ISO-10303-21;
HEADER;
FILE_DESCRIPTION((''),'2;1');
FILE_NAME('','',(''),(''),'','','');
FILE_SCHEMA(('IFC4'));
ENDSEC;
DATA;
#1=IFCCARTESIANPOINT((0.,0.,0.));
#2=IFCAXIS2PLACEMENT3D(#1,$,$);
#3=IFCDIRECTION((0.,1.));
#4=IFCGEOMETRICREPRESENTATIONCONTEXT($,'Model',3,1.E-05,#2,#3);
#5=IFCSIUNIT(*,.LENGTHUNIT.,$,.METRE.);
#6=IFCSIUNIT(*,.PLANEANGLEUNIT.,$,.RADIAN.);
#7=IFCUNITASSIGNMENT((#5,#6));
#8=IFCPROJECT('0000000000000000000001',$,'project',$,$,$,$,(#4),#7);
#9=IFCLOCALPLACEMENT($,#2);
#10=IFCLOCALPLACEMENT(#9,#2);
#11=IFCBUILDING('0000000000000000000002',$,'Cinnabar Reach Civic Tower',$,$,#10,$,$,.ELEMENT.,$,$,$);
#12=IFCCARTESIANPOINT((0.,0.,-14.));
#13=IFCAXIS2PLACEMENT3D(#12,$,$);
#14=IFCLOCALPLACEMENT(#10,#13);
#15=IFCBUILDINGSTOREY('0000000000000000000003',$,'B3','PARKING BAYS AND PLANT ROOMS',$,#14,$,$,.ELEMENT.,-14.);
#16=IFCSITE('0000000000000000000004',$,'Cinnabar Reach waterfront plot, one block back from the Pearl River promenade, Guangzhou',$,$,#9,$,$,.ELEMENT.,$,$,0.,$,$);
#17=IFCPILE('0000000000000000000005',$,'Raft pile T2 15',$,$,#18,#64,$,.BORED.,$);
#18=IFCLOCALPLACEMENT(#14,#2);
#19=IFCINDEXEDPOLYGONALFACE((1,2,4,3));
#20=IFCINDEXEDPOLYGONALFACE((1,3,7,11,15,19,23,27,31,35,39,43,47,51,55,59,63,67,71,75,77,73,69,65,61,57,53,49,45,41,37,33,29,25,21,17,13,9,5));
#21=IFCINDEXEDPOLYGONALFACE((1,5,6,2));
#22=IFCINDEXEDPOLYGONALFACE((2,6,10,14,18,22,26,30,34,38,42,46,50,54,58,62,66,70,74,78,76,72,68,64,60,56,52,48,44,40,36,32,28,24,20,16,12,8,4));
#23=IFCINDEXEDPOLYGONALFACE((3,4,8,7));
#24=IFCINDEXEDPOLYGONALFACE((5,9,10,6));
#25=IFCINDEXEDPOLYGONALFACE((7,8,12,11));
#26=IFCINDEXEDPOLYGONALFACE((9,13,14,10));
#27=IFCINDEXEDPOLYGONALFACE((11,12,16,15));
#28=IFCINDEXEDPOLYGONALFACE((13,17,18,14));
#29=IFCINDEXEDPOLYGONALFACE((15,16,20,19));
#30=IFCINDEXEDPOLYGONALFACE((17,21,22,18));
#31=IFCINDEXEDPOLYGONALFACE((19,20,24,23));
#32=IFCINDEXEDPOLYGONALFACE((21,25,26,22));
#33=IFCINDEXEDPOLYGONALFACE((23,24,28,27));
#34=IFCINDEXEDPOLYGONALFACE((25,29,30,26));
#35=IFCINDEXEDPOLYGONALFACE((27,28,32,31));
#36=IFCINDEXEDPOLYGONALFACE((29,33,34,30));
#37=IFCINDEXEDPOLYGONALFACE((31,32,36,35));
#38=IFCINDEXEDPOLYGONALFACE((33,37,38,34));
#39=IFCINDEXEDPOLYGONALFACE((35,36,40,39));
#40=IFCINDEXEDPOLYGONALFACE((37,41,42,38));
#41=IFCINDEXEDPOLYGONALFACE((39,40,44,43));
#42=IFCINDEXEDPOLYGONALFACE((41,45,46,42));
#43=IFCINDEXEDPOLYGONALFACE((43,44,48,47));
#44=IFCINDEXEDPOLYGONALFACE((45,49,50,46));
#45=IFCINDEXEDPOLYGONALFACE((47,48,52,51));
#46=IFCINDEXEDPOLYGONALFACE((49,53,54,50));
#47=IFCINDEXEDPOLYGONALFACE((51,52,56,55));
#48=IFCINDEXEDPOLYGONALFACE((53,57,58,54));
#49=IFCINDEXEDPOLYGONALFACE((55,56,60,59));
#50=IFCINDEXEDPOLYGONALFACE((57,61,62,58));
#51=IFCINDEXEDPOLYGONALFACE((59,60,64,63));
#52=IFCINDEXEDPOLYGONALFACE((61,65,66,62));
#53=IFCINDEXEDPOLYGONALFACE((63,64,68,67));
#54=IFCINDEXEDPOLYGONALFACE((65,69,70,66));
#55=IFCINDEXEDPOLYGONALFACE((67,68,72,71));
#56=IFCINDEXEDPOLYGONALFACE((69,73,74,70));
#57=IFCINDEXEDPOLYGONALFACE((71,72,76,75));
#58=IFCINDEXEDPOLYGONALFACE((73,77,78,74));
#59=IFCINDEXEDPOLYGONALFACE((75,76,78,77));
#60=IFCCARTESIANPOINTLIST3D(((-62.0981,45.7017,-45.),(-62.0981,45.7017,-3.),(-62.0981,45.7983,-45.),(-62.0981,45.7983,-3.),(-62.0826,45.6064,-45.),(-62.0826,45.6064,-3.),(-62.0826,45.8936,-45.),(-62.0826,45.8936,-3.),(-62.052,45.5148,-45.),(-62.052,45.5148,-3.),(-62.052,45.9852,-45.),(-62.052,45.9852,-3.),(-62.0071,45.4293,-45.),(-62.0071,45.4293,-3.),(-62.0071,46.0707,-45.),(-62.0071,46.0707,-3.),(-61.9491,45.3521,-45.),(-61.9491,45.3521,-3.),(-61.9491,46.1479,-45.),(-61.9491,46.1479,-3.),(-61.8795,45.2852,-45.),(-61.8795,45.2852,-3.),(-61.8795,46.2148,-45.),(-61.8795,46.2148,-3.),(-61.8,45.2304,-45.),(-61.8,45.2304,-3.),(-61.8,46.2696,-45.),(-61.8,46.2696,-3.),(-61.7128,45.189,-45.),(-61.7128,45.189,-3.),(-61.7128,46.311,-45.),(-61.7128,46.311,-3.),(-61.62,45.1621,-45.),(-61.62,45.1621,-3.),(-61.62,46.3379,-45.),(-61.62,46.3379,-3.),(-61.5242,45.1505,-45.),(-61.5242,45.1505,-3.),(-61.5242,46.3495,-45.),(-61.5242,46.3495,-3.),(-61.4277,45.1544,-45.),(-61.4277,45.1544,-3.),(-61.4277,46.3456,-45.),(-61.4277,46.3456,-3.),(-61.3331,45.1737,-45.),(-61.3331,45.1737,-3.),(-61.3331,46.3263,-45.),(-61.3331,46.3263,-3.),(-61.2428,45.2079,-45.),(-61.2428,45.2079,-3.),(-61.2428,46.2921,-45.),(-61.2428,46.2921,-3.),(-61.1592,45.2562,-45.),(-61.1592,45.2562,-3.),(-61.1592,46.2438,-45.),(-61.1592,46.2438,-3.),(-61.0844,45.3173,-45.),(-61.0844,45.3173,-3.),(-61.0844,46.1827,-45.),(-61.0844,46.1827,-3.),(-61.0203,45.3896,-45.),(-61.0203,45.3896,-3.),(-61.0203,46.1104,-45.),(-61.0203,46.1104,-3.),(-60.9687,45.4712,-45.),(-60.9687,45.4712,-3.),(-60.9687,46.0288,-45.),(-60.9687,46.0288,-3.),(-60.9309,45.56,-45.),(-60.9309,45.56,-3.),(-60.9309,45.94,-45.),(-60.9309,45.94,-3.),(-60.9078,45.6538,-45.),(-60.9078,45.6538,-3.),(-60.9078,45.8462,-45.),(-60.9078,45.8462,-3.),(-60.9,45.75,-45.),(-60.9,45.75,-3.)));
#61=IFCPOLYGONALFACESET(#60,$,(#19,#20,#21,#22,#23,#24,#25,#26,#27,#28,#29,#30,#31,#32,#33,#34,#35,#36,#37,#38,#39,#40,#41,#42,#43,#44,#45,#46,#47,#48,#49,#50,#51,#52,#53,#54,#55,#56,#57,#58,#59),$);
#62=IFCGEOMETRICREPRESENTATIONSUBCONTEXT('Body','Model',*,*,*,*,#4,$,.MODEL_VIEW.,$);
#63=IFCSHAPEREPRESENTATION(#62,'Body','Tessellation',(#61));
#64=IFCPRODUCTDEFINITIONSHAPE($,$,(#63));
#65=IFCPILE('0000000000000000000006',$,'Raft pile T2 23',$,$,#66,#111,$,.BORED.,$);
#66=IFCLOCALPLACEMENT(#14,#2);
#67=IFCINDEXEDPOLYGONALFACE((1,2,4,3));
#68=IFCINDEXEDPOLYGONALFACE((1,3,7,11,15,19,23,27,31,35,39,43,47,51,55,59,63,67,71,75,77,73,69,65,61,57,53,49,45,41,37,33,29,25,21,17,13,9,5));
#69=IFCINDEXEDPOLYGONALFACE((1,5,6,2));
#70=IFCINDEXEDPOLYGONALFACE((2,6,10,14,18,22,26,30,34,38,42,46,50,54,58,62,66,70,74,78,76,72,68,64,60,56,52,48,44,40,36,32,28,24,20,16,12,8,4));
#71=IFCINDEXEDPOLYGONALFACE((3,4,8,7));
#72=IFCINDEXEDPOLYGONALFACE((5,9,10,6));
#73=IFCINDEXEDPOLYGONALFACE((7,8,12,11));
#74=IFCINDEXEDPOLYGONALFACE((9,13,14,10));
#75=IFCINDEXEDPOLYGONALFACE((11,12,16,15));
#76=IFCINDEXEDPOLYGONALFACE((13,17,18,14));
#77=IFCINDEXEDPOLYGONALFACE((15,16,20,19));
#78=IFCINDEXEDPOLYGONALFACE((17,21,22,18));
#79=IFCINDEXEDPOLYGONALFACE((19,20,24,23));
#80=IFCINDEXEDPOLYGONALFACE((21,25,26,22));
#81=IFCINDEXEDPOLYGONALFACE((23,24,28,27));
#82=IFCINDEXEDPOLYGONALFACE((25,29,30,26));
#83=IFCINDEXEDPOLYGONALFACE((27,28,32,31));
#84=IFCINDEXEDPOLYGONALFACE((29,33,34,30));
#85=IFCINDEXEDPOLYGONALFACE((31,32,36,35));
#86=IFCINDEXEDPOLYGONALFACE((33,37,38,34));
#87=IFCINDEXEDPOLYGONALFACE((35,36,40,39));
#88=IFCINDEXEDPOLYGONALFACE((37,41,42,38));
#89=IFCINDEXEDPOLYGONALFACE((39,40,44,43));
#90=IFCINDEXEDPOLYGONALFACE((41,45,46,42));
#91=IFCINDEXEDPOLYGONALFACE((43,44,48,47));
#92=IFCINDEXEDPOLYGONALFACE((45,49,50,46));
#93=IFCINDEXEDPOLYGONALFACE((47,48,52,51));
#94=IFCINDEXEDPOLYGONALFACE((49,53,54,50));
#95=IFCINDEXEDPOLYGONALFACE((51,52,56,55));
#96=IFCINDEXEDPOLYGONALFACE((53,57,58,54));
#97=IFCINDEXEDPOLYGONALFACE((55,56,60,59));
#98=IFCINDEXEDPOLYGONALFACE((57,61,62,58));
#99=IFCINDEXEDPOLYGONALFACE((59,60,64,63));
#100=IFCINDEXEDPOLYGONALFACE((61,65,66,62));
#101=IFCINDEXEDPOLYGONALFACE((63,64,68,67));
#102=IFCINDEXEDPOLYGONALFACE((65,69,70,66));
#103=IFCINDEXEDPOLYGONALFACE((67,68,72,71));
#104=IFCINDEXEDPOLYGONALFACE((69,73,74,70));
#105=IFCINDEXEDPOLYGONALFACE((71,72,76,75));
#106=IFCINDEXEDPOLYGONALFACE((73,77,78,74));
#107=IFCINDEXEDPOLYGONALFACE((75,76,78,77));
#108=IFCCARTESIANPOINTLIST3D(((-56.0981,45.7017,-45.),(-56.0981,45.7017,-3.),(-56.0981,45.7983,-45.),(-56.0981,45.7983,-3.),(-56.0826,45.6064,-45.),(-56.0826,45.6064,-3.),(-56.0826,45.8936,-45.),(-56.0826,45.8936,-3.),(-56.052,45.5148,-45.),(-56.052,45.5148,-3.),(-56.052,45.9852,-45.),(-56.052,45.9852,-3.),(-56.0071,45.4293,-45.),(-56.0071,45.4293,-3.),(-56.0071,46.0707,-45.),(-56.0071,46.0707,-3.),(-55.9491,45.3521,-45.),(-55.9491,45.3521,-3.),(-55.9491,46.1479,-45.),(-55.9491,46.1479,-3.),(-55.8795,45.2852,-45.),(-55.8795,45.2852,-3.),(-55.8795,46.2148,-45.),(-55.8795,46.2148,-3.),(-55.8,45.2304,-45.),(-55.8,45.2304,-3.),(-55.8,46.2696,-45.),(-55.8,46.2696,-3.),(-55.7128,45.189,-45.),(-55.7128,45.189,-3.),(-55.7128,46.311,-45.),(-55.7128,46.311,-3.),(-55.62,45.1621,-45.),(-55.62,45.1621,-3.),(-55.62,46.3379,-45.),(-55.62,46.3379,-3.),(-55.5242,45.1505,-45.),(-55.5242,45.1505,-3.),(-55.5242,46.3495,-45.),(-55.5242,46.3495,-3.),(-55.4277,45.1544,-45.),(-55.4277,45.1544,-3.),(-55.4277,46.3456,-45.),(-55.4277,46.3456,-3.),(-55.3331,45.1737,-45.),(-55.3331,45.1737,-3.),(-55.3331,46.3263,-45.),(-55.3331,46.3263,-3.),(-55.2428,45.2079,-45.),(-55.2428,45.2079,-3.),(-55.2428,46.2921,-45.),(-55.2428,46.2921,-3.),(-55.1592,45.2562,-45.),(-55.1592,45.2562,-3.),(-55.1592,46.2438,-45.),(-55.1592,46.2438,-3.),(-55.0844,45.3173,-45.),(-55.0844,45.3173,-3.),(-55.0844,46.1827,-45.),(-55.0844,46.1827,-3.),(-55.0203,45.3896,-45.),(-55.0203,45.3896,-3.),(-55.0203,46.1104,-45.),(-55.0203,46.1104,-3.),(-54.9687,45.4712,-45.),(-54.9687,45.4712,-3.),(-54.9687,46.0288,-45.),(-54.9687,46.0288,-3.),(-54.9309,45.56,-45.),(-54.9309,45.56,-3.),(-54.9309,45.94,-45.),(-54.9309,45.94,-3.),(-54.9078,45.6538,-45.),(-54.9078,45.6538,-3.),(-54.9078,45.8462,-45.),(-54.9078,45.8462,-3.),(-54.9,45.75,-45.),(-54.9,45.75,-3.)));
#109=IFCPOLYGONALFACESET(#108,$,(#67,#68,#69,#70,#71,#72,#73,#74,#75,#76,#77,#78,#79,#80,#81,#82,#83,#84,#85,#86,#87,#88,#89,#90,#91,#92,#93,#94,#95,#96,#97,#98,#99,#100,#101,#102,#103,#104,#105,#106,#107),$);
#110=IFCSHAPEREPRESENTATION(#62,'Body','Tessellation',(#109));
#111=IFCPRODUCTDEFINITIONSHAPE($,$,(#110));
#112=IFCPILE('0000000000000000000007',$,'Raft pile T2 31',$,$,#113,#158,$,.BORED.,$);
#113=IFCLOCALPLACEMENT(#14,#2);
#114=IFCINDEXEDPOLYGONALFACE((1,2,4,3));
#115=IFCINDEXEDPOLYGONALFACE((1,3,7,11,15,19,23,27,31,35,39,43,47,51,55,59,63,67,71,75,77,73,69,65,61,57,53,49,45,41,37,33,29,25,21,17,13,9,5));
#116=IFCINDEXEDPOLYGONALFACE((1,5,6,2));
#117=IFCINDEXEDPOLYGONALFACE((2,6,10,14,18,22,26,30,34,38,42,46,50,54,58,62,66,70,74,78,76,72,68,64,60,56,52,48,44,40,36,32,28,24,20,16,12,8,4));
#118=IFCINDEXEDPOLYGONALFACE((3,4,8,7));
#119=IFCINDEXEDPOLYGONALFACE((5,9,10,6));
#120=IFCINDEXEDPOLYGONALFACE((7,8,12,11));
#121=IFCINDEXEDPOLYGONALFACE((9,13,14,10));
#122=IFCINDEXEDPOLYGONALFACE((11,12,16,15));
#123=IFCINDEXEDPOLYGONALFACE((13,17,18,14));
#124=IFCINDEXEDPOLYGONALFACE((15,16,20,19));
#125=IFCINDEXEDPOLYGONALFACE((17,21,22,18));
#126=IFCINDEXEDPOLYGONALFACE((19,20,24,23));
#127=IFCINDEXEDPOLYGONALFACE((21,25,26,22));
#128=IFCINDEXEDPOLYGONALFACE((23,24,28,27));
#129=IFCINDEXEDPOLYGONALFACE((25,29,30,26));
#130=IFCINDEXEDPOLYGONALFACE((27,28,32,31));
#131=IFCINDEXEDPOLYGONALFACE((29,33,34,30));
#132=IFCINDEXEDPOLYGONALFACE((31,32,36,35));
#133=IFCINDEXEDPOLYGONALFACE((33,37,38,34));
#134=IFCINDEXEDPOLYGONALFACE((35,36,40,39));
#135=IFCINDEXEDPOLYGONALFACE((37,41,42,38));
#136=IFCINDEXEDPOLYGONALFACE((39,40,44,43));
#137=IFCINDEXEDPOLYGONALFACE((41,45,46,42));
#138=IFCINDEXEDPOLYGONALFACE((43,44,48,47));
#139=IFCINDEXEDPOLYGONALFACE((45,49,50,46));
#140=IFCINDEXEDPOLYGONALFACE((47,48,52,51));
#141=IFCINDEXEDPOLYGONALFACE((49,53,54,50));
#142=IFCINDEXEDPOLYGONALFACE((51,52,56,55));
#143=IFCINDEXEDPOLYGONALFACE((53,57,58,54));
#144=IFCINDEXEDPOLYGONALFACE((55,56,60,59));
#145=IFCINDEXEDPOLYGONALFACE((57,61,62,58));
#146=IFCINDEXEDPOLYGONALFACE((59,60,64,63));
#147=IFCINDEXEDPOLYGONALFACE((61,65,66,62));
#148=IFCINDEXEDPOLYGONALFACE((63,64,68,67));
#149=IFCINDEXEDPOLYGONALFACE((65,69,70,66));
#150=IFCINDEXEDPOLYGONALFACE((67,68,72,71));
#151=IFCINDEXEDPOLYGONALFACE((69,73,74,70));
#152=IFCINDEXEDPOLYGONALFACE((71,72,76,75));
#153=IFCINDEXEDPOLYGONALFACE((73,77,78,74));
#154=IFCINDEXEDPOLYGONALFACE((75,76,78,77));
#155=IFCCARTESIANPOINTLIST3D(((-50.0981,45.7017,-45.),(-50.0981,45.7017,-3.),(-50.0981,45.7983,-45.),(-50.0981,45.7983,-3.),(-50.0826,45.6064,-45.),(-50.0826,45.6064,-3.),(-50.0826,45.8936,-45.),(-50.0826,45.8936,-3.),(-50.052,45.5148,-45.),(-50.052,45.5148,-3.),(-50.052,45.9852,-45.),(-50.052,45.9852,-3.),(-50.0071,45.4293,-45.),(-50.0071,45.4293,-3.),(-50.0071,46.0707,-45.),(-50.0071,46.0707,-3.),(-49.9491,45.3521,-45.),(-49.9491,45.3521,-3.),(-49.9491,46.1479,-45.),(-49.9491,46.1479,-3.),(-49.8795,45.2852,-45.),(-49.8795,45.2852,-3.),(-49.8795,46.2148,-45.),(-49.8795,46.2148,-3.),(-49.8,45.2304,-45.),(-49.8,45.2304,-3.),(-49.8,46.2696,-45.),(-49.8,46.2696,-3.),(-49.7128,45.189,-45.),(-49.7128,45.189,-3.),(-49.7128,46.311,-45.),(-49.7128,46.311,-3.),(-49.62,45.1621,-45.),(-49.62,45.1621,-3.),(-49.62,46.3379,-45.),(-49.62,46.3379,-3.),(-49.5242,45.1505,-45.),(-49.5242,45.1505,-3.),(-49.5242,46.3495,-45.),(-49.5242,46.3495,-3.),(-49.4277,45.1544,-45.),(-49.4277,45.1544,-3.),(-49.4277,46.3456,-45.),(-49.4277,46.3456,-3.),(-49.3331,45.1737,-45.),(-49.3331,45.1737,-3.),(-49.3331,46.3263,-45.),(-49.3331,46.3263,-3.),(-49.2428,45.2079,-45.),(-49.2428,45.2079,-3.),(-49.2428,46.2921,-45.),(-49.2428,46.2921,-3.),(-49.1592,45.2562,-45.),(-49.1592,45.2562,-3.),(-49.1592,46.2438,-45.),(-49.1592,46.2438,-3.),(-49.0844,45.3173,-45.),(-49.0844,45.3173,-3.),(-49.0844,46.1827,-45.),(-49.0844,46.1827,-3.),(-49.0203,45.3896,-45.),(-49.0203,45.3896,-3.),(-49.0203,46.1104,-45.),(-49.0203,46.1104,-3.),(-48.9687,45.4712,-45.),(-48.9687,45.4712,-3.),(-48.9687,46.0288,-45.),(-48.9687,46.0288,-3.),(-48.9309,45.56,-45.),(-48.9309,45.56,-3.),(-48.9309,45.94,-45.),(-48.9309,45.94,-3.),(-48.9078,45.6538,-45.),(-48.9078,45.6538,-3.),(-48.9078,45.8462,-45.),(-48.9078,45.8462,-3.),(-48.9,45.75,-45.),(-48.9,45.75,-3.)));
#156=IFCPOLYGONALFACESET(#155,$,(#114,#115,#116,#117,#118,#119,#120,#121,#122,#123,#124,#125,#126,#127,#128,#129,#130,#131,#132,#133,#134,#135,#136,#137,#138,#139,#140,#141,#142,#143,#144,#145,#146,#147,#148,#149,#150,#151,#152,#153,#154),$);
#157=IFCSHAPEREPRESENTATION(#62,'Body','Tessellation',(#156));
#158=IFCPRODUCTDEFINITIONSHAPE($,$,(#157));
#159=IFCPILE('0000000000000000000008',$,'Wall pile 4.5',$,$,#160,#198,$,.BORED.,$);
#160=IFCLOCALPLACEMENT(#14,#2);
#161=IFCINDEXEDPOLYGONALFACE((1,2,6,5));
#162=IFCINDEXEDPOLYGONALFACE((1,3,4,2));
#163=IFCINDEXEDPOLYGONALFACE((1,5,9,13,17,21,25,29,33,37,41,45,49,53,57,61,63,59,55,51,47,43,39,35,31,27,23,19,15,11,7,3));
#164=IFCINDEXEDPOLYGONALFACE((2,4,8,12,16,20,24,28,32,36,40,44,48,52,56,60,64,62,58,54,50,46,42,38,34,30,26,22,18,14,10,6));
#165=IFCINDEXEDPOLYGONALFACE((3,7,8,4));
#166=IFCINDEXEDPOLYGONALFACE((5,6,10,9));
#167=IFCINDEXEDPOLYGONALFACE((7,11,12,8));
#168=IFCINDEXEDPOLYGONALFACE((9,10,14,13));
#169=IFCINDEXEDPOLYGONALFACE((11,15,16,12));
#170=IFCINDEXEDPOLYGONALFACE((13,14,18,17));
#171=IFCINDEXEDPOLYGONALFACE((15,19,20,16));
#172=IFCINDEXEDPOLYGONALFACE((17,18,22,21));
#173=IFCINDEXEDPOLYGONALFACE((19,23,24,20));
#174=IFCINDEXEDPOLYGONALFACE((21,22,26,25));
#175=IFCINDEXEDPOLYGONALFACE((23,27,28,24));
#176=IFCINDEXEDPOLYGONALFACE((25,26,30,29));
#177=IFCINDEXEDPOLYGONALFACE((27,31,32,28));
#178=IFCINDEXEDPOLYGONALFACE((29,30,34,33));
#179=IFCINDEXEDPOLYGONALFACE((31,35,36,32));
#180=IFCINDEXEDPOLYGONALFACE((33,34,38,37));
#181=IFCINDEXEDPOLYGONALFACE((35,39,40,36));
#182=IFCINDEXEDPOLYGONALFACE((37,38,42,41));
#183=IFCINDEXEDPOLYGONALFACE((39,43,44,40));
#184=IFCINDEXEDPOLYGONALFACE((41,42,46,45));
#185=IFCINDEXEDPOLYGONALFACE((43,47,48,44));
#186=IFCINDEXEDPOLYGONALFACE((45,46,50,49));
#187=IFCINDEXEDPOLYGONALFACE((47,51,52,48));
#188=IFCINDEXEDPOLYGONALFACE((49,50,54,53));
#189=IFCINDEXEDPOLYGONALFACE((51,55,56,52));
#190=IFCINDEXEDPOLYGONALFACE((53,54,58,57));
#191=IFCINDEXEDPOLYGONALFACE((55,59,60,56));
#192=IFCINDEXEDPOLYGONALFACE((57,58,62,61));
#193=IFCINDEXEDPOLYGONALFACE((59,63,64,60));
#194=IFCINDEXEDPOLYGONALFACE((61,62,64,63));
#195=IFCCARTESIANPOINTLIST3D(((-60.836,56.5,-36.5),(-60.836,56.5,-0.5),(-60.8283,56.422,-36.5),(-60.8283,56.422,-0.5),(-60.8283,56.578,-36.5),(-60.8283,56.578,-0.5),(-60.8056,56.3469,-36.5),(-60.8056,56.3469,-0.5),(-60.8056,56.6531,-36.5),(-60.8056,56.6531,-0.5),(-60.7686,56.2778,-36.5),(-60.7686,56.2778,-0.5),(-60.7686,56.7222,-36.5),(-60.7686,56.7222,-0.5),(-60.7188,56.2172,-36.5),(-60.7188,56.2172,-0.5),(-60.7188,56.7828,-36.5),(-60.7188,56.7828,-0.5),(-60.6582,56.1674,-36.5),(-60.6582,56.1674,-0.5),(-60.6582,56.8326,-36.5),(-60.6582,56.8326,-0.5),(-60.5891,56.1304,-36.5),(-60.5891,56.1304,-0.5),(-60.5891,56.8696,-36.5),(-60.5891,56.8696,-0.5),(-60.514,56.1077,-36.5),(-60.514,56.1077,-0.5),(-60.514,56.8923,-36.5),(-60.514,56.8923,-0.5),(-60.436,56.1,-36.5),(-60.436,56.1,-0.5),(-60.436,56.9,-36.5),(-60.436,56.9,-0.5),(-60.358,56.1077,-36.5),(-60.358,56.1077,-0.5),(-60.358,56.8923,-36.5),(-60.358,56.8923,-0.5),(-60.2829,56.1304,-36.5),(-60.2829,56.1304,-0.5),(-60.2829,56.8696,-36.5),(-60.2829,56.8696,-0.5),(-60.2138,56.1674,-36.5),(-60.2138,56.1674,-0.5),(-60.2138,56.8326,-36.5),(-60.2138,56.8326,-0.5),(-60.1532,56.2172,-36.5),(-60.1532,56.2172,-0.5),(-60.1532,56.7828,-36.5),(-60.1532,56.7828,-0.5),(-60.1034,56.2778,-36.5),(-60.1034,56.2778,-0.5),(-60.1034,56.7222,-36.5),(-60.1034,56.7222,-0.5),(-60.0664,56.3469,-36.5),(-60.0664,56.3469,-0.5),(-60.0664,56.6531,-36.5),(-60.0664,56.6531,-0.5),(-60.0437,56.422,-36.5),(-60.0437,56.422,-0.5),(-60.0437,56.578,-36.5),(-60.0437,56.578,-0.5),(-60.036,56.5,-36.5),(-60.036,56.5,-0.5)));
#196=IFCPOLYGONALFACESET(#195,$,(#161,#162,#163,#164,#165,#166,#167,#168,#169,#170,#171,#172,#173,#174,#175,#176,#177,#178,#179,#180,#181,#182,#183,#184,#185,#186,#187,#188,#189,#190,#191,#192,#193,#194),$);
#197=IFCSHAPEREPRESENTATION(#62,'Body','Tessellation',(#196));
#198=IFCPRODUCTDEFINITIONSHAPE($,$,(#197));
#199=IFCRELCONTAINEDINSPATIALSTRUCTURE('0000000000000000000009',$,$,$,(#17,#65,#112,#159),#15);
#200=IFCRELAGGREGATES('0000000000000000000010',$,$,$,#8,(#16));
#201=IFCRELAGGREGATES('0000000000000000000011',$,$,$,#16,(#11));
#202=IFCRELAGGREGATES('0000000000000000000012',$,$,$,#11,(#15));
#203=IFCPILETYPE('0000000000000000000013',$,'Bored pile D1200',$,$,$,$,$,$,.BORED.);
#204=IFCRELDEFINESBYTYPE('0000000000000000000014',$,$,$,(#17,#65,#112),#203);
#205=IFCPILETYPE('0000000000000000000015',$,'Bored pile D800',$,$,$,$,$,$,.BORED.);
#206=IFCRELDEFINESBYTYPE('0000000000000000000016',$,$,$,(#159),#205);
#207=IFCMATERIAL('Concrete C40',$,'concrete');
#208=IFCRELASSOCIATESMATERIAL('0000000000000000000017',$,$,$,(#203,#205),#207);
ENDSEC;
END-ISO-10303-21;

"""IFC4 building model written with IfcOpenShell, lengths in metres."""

from ifc_helpers import new_model, si_unit, direction, frame, origin, origin_2d, place, context, subcontext, project, spatial, circle, extrude, material, type_object, element, save


model = new_model("IFC4")

# Units and contexts
model_context = context("Model", 3, precision=1e-05, world=origin(), true_north=direction((0.0, 1.0)))
body_context = subcontext(model_context, "Body", "Model", "MODEL_VIEW")
ifc_project = project(units=[si_unit("LENGTHUNIT", "METRE"), si_unit("PLANEANGLEUNIT", "RADIAN")], contexts=[model_context])

# Site, building, storey
site_placement = place(None, origin())
site = spatial("IfcSite", under=ifc_project, at=site_placement, Name="Cinnabar Reach waterfront plot, one block back from the Pearl River promenade, Guangzhou", CompositionType="ELEMENT", RefElevation=0.0)
building_placement = place(site_placement, origin())
building = spatial("IfcBuilding", under=site, at=building_placement, Name="Cinnabar Reach Civic Tower", CompositionType="ELEMENT")
storey_placement = place(building_placement, frame((0.0, 0.0, -14.0)))
storey = spatial("IfcBuildingStorey", under=building, at=storey_placement, Name="B3", Description="PARKING BAYS AND PLANT ROOMS", CompositionType="ELEMENT", Elevation=-14.0)

# Piles
ifc_material_1 = material(Name="Concrete C40", Category="concrete")
pile_type_1 = type_object("IfcPileType", Name="Bored pile D1200", PredefinedType="BORED", material=ifc_material_1)
for number, where, z_axis, x_axis, name in (
    (1, (-61.5, 45.75, -3.0), (0.0, 0.0, -1.0), (1.0, 0.0, 0.0), "Raft pile T2 15"),
    (2, (-55.5, 45.75, -3.0), (0.0, 0.0, -1.0), (1.0, 0.0, 0.0), "Raft pile T2 23"),
    (3, (-49.5, 45.75, -3.0), (0.0, 0.0, -1.0), (1.0, 0.0, 0.0), "Raft pile T2 31"),
):
    element("IfcPile", number, at=place(storey_placement, frame(where, z_axis=z_axis, x_axis=x_axis)), inside=storey, type_object=pile_type_1, Name=name, PredefinedType="BORED", context=body_context, shape_type="SweptSolid", body=[
        extrude(circle(Radius=0.6, at=origin_2d()), origin(), (0.0, 0.0, 1.0), 42.0),
    ])
pile_type_2 = type_object("IfcPileType", Name="Bored pile D800", PredefinedType="BORED", material=ifc_material_1)
for number, where, z_axis, x_axis, name in (
    (4, (-60.436, 56.5, -0.5), (0.0, 0.0, -1.0), (1.0, 0.0, 0.0), "Wall pile 4.5"),
):
    element("IfcPile", number, at=place(storey_placement, frame(where, z_axis=z_axis, x_axis=x_axis)), inside=storey, type_object=pile_type_2, Name=name, PredefinedType="BORED", context=body_context, shape_type="SweptSolid", body=[
        extrude(circle(Radius=0.4, at=origin_2d()), origin(), (0.0, 0.0, 1.0), 36.0),
    ])

save(model, "model.ifc")
